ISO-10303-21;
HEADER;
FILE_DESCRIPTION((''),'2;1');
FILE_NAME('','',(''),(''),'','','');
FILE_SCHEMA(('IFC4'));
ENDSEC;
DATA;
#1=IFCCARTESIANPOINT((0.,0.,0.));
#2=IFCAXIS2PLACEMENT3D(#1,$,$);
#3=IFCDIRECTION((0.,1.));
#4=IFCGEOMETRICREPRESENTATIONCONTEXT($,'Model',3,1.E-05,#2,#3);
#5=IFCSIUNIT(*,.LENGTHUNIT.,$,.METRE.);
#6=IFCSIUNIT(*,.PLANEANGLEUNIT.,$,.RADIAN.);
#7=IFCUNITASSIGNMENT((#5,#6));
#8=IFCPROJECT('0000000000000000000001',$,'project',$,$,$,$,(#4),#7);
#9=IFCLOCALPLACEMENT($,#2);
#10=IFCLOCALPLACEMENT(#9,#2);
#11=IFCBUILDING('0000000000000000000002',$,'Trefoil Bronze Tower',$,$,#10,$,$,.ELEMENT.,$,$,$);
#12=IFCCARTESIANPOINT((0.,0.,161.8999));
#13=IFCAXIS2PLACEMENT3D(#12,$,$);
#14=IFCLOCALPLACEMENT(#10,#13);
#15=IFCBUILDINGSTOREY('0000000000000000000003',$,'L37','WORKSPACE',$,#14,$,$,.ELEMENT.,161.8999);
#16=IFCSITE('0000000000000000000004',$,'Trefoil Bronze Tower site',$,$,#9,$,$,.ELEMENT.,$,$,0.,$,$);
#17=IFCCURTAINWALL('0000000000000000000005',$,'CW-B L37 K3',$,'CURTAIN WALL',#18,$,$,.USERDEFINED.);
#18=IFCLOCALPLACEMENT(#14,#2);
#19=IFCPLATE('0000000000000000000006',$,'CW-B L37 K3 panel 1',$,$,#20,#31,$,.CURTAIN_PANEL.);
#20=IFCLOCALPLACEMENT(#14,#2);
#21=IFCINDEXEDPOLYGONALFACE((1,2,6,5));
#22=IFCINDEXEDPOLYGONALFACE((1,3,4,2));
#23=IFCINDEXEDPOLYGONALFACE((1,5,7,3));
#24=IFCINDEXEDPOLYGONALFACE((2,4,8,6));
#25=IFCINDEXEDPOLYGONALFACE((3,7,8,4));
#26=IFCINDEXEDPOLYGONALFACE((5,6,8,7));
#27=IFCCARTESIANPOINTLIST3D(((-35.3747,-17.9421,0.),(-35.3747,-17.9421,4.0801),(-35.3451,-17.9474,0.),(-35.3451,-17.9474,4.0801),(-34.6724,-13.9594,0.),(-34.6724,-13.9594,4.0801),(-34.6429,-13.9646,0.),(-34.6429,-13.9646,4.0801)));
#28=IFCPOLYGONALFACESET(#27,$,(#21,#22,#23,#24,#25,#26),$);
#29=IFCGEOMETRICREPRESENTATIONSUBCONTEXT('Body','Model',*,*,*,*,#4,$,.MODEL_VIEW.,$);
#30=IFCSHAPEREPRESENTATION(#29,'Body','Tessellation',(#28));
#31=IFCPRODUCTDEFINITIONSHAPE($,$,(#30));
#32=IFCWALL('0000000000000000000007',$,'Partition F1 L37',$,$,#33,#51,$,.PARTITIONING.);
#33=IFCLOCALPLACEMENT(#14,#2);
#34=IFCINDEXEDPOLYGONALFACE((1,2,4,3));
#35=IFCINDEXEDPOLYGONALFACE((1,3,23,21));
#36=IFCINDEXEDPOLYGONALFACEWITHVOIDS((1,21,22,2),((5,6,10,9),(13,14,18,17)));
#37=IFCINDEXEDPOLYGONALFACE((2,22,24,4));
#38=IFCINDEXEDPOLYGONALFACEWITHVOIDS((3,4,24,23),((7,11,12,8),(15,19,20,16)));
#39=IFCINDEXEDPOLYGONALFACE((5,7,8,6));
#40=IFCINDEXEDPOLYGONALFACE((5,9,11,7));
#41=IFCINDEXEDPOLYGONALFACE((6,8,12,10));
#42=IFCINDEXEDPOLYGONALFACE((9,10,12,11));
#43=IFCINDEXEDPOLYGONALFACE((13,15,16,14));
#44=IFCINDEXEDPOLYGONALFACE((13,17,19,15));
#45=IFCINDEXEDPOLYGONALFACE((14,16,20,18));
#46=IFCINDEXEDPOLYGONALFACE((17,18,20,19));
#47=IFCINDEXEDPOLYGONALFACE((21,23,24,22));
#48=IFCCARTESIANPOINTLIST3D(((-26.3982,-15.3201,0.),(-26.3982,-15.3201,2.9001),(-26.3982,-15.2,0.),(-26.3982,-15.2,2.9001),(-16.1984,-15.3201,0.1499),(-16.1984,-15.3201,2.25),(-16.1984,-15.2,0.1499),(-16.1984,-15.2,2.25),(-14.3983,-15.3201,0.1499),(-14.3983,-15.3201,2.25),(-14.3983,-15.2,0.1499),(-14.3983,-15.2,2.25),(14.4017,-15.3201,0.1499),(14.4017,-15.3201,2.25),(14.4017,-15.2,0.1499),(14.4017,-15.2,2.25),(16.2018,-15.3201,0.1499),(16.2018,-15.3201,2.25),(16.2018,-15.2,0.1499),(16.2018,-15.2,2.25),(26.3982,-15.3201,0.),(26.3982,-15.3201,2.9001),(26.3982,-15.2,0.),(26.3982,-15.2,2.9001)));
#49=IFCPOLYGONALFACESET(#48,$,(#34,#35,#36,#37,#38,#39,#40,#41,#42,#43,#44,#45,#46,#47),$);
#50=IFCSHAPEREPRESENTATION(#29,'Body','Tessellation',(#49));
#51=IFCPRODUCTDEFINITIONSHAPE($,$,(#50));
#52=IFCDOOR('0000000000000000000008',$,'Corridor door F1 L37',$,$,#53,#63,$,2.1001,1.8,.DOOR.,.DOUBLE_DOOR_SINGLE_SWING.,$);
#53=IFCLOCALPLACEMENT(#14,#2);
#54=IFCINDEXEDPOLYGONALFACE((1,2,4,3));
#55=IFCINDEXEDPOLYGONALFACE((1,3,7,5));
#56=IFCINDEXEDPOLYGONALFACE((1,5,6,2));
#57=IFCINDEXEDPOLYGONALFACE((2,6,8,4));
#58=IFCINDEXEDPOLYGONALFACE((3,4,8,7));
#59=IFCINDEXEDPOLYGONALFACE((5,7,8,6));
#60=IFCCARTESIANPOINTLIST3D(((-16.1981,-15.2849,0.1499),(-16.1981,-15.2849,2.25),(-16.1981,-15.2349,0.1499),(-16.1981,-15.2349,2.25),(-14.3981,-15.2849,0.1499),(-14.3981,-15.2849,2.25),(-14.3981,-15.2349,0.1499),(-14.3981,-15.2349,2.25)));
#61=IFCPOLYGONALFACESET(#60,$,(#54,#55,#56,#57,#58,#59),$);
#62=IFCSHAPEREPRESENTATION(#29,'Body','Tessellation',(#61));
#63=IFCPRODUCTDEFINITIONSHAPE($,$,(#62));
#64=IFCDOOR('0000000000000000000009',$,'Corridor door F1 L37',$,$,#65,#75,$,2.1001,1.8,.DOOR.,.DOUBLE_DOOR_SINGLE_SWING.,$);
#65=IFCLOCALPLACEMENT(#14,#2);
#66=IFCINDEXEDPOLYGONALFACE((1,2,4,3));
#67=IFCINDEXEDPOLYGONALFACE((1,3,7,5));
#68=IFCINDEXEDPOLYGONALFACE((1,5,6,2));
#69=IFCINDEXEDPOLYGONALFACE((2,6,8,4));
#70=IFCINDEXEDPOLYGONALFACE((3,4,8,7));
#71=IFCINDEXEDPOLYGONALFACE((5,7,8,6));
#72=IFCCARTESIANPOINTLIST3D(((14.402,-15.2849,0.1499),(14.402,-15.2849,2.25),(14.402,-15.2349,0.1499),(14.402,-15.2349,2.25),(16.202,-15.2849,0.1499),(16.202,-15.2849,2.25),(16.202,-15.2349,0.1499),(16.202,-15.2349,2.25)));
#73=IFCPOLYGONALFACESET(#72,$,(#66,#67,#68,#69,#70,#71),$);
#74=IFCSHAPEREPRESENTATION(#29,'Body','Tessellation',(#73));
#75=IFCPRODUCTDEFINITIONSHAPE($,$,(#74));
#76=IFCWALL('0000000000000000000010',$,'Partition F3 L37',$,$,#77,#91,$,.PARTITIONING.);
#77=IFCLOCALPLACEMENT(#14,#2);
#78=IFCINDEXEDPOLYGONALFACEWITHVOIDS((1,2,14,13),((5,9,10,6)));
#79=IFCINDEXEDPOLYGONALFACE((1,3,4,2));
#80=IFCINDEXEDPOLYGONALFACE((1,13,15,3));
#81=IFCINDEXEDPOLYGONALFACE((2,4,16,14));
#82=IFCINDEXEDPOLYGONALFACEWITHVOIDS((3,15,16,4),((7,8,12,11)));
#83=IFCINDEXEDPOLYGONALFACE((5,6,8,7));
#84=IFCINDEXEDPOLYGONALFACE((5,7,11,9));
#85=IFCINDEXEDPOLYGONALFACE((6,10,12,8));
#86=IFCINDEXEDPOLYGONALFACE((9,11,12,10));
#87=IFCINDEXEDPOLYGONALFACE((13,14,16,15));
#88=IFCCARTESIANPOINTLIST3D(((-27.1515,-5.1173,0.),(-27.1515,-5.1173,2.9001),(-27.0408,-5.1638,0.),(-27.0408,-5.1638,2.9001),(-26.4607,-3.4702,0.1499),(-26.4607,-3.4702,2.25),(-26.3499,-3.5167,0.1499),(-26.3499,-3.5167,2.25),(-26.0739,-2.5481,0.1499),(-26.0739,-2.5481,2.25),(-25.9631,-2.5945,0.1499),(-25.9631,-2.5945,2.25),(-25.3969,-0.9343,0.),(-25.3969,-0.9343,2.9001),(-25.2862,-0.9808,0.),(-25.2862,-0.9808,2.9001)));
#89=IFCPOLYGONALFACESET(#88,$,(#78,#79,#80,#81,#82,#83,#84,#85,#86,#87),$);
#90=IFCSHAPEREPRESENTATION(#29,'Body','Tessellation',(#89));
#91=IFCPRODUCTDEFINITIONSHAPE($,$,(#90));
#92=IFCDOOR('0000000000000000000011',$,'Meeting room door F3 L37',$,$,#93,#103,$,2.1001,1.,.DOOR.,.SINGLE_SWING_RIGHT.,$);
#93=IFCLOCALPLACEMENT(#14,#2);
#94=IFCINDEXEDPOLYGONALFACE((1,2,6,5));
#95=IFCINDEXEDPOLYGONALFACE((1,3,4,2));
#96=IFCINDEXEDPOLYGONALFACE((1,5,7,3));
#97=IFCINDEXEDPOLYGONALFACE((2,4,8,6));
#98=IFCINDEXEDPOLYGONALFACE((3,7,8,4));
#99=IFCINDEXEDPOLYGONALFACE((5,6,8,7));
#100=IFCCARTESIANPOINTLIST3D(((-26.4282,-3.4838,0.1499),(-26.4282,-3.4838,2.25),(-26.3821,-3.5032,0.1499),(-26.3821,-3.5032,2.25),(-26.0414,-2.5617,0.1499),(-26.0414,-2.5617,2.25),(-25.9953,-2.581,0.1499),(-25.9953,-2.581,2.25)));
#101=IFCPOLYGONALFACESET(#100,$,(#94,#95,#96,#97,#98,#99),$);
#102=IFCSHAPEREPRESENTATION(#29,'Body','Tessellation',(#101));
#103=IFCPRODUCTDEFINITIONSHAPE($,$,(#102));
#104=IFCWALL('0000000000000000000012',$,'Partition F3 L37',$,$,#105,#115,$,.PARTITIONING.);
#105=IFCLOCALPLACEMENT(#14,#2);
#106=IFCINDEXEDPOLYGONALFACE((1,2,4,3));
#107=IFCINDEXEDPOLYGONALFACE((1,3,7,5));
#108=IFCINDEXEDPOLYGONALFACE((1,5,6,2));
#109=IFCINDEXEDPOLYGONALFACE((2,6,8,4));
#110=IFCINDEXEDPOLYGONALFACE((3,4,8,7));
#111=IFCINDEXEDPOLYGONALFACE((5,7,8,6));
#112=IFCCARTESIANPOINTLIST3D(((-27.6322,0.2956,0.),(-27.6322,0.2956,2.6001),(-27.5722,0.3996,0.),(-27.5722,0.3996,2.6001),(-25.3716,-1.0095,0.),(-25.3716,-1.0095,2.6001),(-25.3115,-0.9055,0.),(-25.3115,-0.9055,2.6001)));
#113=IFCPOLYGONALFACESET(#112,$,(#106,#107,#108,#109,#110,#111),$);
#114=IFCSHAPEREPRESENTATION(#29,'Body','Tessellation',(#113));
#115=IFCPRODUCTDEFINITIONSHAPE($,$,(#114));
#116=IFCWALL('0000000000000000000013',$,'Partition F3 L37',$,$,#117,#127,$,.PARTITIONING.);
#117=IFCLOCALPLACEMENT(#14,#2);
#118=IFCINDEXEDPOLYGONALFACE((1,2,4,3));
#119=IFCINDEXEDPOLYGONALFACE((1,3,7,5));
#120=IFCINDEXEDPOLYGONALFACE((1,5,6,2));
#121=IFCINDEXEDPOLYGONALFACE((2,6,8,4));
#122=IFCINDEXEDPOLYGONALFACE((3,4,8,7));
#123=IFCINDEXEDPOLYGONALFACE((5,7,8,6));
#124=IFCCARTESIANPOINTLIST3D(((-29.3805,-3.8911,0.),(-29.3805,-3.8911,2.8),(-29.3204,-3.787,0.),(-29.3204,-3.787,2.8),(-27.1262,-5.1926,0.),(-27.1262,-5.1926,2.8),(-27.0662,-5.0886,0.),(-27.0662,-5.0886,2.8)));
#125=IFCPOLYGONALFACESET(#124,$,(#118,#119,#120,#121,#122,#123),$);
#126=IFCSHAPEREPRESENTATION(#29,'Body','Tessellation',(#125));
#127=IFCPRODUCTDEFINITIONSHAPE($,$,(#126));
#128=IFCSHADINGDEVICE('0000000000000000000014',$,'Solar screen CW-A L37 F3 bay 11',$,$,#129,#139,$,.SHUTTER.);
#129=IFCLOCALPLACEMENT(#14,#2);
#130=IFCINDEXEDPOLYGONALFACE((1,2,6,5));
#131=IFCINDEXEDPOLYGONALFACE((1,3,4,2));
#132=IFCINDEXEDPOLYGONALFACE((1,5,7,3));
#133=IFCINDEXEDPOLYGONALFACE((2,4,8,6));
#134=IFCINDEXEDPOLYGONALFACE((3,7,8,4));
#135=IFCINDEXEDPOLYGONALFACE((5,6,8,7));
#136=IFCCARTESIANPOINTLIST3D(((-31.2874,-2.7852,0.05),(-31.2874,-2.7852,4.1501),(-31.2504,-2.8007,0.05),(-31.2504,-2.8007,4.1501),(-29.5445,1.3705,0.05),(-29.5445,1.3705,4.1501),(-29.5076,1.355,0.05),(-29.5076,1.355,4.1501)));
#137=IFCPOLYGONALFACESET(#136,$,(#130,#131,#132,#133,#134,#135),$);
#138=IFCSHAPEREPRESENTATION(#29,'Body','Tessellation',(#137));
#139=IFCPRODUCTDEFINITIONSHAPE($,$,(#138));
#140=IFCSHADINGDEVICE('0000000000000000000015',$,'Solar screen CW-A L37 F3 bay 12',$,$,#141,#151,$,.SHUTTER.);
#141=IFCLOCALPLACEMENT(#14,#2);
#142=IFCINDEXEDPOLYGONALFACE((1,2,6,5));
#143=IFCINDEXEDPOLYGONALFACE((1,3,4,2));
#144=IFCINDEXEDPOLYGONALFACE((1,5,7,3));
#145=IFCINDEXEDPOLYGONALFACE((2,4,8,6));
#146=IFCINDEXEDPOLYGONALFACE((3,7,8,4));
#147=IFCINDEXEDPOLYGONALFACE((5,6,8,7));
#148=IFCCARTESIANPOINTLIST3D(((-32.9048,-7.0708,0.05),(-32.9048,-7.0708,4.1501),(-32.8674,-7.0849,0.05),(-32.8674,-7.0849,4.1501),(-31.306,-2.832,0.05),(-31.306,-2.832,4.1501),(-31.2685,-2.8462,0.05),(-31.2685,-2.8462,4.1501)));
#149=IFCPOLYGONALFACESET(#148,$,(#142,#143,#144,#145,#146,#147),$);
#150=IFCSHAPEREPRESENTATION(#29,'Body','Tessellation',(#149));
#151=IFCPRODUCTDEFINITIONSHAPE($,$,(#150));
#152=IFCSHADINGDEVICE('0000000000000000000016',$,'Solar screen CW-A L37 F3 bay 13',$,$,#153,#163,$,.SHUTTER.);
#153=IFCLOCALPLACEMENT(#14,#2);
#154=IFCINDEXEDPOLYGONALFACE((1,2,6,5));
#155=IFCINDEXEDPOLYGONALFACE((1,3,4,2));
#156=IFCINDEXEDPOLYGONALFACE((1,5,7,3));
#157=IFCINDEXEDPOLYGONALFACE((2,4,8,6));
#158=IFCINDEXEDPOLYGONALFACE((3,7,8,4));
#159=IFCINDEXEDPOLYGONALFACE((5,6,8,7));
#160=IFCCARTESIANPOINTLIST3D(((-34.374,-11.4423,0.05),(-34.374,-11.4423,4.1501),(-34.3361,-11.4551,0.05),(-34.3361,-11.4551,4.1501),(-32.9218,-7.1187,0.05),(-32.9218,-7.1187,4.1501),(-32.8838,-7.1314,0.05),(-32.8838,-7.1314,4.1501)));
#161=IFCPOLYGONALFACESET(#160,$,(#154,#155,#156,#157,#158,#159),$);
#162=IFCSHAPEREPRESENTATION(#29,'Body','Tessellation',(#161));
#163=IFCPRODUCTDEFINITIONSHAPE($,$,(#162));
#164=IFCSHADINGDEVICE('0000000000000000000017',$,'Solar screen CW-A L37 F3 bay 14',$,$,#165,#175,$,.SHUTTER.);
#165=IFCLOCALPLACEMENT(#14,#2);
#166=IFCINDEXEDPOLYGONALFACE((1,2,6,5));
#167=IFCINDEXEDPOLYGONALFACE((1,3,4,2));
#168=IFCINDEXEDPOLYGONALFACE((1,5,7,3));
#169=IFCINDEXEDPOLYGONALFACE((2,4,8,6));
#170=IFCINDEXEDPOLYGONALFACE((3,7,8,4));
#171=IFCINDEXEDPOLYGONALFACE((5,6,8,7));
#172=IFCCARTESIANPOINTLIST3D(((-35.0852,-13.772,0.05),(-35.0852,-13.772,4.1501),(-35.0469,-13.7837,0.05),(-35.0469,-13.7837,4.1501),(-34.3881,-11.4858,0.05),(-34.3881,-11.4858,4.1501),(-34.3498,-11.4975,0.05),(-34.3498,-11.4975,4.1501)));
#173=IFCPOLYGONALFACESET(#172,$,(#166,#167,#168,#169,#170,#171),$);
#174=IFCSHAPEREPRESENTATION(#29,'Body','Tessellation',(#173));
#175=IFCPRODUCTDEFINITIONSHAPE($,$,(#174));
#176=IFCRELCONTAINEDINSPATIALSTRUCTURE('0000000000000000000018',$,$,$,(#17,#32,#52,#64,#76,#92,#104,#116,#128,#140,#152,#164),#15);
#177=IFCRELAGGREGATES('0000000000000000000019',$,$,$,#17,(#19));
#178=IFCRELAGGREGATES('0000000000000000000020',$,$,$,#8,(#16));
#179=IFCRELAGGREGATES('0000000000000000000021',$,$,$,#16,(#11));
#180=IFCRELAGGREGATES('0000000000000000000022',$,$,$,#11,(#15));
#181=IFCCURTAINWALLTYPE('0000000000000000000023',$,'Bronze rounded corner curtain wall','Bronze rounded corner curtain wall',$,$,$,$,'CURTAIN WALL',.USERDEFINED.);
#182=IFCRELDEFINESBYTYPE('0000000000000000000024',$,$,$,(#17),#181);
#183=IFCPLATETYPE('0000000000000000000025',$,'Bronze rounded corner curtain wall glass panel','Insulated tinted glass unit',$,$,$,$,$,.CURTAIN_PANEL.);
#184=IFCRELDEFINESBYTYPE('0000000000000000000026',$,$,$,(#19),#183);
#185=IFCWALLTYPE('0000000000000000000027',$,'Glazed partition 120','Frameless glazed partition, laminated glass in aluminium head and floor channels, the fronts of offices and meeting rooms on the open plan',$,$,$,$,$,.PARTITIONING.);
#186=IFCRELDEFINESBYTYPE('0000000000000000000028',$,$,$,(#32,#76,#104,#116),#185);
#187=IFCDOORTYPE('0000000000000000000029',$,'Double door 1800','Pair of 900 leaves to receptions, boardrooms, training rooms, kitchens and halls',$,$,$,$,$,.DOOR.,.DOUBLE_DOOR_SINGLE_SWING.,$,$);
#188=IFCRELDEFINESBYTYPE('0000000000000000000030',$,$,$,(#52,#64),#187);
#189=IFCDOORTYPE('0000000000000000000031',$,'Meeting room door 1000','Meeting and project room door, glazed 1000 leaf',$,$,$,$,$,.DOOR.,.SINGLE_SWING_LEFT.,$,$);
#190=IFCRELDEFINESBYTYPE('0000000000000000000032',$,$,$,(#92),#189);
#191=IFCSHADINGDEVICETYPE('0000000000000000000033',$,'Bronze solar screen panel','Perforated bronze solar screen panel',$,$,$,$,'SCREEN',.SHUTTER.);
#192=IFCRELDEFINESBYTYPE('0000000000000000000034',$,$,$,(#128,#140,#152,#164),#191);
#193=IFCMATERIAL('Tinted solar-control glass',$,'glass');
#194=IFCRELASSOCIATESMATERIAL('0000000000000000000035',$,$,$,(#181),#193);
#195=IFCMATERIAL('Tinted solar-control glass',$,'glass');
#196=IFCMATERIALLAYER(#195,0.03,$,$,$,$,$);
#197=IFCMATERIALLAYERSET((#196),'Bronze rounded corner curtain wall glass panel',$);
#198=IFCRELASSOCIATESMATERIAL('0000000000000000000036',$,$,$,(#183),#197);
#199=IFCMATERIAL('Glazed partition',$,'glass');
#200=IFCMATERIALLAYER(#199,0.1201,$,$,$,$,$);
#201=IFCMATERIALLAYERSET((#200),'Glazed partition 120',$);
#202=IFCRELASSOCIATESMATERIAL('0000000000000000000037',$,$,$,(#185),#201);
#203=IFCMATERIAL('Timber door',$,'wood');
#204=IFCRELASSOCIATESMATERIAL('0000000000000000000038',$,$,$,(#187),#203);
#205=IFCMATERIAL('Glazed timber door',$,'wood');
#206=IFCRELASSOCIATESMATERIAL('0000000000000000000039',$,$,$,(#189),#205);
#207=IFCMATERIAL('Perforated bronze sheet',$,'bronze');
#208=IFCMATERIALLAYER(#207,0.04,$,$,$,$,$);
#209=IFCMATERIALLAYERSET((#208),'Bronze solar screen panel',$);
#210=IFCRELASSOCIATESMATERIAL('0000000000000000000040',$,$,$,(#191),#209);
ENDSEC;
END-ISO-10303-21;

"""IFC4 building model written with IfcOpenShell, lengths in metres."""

from ifc_helpers import new_model, si_unit, direction, frame, frame_2d, origin, origin_2d, place, context, subcontext, project, spatial, rectangle, extrude, material, layer, layer_set, type_object, element, fill, aggregate, save


model = new_model("IFC4")

# Units and contexts
model_context = context("Model", 3, precision=1e-05, world=origin(), true_north=direction((0.0, 1.0)))
body_context = subcontext(model_context, "Body", "Model", "MODEL_VIEW")
ifc_project = project(units=[si_unit("LENGTHUNIT", "METRE"), si_unit("PLANEANGLEUNIT", "RADIAN")], contexts=[model_context])

# Site, building, storey
site_placement = place(None, origin())
site = spatial("IfcSite", under=ifc_project, at=site_placement, Name="Trefoil Bronze Tower site", CompositionType="ELEMENT", RefElevation=0.0)
building_placement = place(site_placement, origin())
building = spatial("IfcBuilding", under=site, at=building_placement, Name="Trefoil Bronze Tower", CompositionType="ELEMENT")
storey_placement = place(building_placement, frame((0.0, 0.0, 161.8999)))
storey = spatial("IfcBuildingStorey", under=building, at=storey_placement, Name="L37", Description="WORKSPACE", CompositionType="ELEMENT", Elevation=161.8999)

# Curtain wall
ifc_material_1 = material(Name="Tinted solar-control glass", Category="glass")
curtain_wall_type_1 = type_object("IfcCurtainWallType", Name="Bronze rounded corner curtain wall", Description="Bronze rounded corner curtain wall", ElementType="CURTAIN WALL", PredefinedType="USERDEFINED", material=ifc_material_1)
curtain_wall_1_placement = place(storey_placement, origin())
curtain_wall_1 = element("IfcCurtainWall", 1, at=curtain_wall_1_placement, inside=storey, type_object=curtain_wall_type_1, Name="CW-B L37 K3", ObjectType="CURTAIN WALL", PredefinedType="USERDEFINED")

# Plate
ifc_material_2 = material(Name="Tinted solar-control glass", Category="glass")
ifc_layer_1 = layer(ifc_material_2, 0.03)
ifc_layer_set_1 = layer_set([ifc_layer_1], Name="Bronze rounded corner curtain wall glass panel")
plate_type_1 = type_object("IfcPlateType", Name="Bronze rounded corner curtain wall glass panel", Description="Insulated tinted glass unit", PredefinedType="CURTAIN_PANEL", material=ifc_layer_set_1)
plate_1_placement = place(storey_placement, frame((-35.0088, -15.9534, 0.0), z_axis=(0.0, 0.0, 1.0), x_axis=(-0.173648, -0.984808, 0.0)))
plate_1 = element("IfcPlate", 2, at=plate_1_placement, type_object=plate_type_1, Name="CW-B L37 K3 panel 1", PredefinedType="CURTAIN_PANEL", context=body_context, shape_type="SweptSolid", body=[
    extrude(rectangle(XDim=4.0442, YDim=0.03, at=origin_2d()), origin(), (0.0, 0.0, 1.0), 4.0801),
])
aggregate(curtain_wall_1, [plate_1])

# Wall, openings, doors
ifc_material_3 = material(Name="Glazed partition", Category="glass")
ifc_layer_2 = layer(ifc_material_3, 0.1201)
ifc_layer_set_2 = layer_set([ifc_layer_2], Name="Glazed partition 120")
wall_type = type_object("IfcWallType", Name="Glazed partition 120", Description="Frameless glazed partition, laminated glass in aluminium head and floor channels, the fronts of offices and meeting rooms on the open plan", PredefinedType="PARTITIONING", material=ifc_layer_set_2)
wall_1_placement = place(storey_placement, frame((-26.3982, -15.26, 0.0), z_axis=(0.0, 0.0, 1.0), x_axis=(1.0, 0.0, 0.0)))
wall_1 = element("IfcWall", 3, at=wall_1_placement, inside=storey, type_object=wall_type, Name="Partition F1 L37", PredefinedType="PARTITIONING", context=body_context, shape_type="SweptSolid", body=[
    extrude(rectangle(XDim=52.7964, YDim=0.1201, at=frame_2d((26.3982, 0.0))), origin(), (0.0, 0.0, 1.0), 2.9001),
])
opening_1_placement = place(wall_1_placement, frame((10.2, 0.0, 0.1499)))
opening_1 = element("IfcOpeningElement", 4, at=opening_1_placement, cuts=wall_1, PredefinedType="OPENING", context=body_context, shape_type="SweptSolid", body=[
    extrude(rectangle(XDim=1.8, YDim=2.1001, at=frame_2d((0.8999, 1.05))), frame((0.0, 0.0701, 0.0), z_axis=(0.0, -1.0, 0.0), x_axis=(1.0, 0.0, 0.0)), (0.0, 0.0, 1.0), 0.1401),
])
opening_2_placement = place(wall_1_placement, frame((40.8, 0.0, 0.1499)))
opening_2 = element("IfcOpeningElement", 5, at=opening_2_placement, cuts=wall_1, PredefinedType="OPENING", context=body_context, shape_type="SweptSolid", body=[
    extrude(rectangle(XDim=1.8, YDim=2.1001, at=frame_2d((0.8999, 1.05))), frame((0.0, 0.0701, 0.0), z_axis=(0.0, -1.0, 0.0), x_axis=(1.0, 0.0, 0.0)), (0.0, 0.0, 1.0), 0.1401),
])
ifc_material_4 = material(Name="Timber door", Category="wood")
door_type_1 = type_object("IfcDoorType", Name="Double door 1800", Description="Pair of 900 leaves to receptions, boardrooms, training rooms, kitchens and halls", OperationType="DOUBLE_DOOR_SINGLE_SWING", PredefinedType="DOOR", material=ifc_material_4)
door_1_placement = place(opening_1_placement, frame((1.8, 0.0, 0.0), z_axis=(0.0, 0.0, 1.0), x_axis=(-1.0, 0.0, 0.0)))
door_1 = element("IfcDoor", 6, at=door_1_placement, inside=storey, type_object=door_type_1, Name="Corridor door F1 L37", OperationType="DOUBLE_DOOR_SINGLE_SWING", OverallHeight=2.1001, OverallWidth=1.8, PredefinedType="DOOR", context=body_context, shape_type="SweptSolid", body=[
    extrude(rectangle(XDim=1.8, YDim=2.1001, at=frame_2d((0.8999, 1.05))), frame((0.0, 0.0249, 0.0), z_axis=(0.0, -1.0, 0.0), x_axis=(1.0, 0.0, 0.0)), (0.0, 0.0, 1.0), 0.05),
])
fill(opening_1, door_1)
door_2_placement = place(opening_2_placement, frame((1.8, 0.0, 0.0), z_axis=(0.0, 0.0, 1.0), x_axis=(-1.0, 0.0, 0.0)))
door_2 = element("IfcDoor", 7, at=door_2_placement, inside=storey, type_object=door_type_1, Name="Corridor door F1 L37", OperationType="DOUBLE_DOOR_SINGLE_SWING", OverallHeight=2.1001, OverallWidth=1.8, PredefinedType="DOOR", context=body_context, shape_type="SweptSolid", body=[
    extrude(rectangle(XDim=1.8, YDim=2.1001, at=frame_2d((0.8999, 1.05))), frame((0.0, 0.0249, 0.0), z_axis=(0.0, -1.0, 0.0), x_axis=(1.0, 0.0, 0.0)), (0.0, 0.0, 1.0), 0.05),
])
fill(opening_2, door_2)

# Wall, opening, door
wall_2_placement = place(storey_placement, frame((-25.3416, -0.9575, 0.0), z_axis=(0.0, 0.0, 1.0), x_axis=(-0.386808, -0.92216, 0.0)))
wall_2 = element("IfcWall", 8, at=wall_2_placement, inside=storey, type_object=wall_type, Name="Partition F3 L37", PredefinedType="PARTITIONING", context=body_context, shape_type="SweptSolid", body=[
    extrude(rectangle(XDim=4.5361, YDim=0.1201, at=frame_2d((2.2681, 0.0))), origin(), (0.0, 0.0, 1.0), 2.9001),
])
opening_3_placement = place(wall_2_placement, frame((1.75, 0.0, 0.1499)))
opening_3 = element("IfcOpeningElement", 9, at=opening_3_placement, cuts=wall_2, PredefinedType="OPENING", context=body_context, shape_type="SweptSolid", body=[
    extrude(rectangle(XDim=1.0, YDim=2.1001, at=frame_2d((0.5, 1.05))), frame((0.0, 0.0701, 0.0), z_axis=(0.0, -1.0, 0.0), x_axis=(1.0, 0.0, 0.0)), (0.0, 0.0, 1.0), 0.1401),
])
ifc_material_5 = material(Name="Glazed timber door", Category="wood")
door_type_2 = type_object("IfcDoorType", Name="Meeting room door 1000", Description="Meeting and project room door, glazed 1000 leaf", OperationType="SINGLE_SWING_LEFT", PredefinedType="DOOR", material=ifc_material_5)
door_3_placement = place(opening_3_placement, frame((1.0, 0.0, 0.0), z_axis=(0.0, 0.0, 1.0), x_axis=(-1.0, 0.0, 0.0)))
door_3 = element("IfcDoor", 10, at=door_3_placement, inside=storey, type_object=door_type_2, Name="Meeting room door F3 L37", OperationType="SINGLE_SWING_RIGHT", OverallHeight=2.1001, OverallWidth=1.0, PredefinedType="DOOR", context=body_context, shape_type="SweptSolid", body=[
    extrude(rectangle(XDim=1.0, YDim=2.1001, at=frame_2d((0.5, 1.05))), frame((0.0, 0.0249, 0.0), z_axis=(0.0, -1.0, 0.0), x_axis=(1.0, 0.0, 0.0)), (0.0, 0.0, 1.0), 0.05),
])
fill(opening_3, door_3)

# Walls
wall_3_placement = place(storey_placement, frame((-25.3416, -0.9575, 0.0), z_axis=(0.0, 0.0, 1.0), x_axis=(-0.866036, 0.499982, 0.0)))
element("IfcWall", 11, at=wall_3_placement, inside=storey, type_object=wall_type, Name="Partition F3 L37", PredefinedType="PARTITIONING", context=body_context, shape_type="SweptSolid", body=[
    extrude(rectangle(XDim=2.6104, YDim=0.1201, at=frame_2d((1.3052, 0.0))), origin(), (0.0, 0.0, 1.0), 2.6001),
])
wall_4_placement = place(storey_placement, frame((-27.0962, -5.1406, 0.0), z_axis=(0.0, 0.0, 1.0), x_axis=(-0.866012, 0.500023, 0.0)))
element("IfcWall", 12, at=wall_4_placement, inside=storey, type_object=wall_type, Name="Partition F3 L37", PredefinedType="PARTITIONING", context=body_context, shape_type="SweptSolid", body=[
    extrude(rectangle(XDim=2.603, YDim=0.1201, at=frame_2d((1.3015, 0.0))), origin(), (0.0, 0.0, 1.0), 2.8),
])

# Shading devices
ifc_material_6 = material(Name="Perforated bronze sheet", Category="bronze")
ifc_layer_3 = layer(ifc_material_6, 0.04)
ifc_layer_set_3 = layer_set([ifc_layer_3], Name="Bronze solar screen panel")
shading_device_type = type_object("IfcShadingDeviceType", Name="Bronze solar screen panel", Description="Perforated bronze solar screen panel", ElementType="SCREEN", PredefinedType="SHUTTER", material=ifc_layer_set_3)
shading_device_1_placement = place(storey_placement, frame((-30.3975, -0.7151, 0.05), z_axis=(0.0, 0.0, 1.0), x_axis=(-0.386759, -0.922181, 0.0)))
element("IfcShadingDevice", 13, at=shading_device_1_placement, inside=storey, type_object=shading_device_type, Name="Solar screen CW-A L37 F3 bay 11", PredefinedType="SHUTTER", context=body_context, shape_type="SweptSolid", body=[
    extrude(rectangle(XDim=4.5063, YDim=0.04, at=origin_2d()), origin(), (0.0, 0.0, 1.0), 4.1001),
])
shading_device_2_placement = place(storey_placement, frame((-32.0867, -4.9585, 0.05), z_axis=(0.0, 0.0, 1.0), x_axis=(-0.35292, -0.935654, 0.0)))
element("IfcShadingDevice", 14, at=shading_device_2_placement, inside=storey, type_object=shading_device_type, Name="Solar screen CW-A L37 F3 bay 12", PredefinedType="SHUTTER", context=body_context, shape_type="SweptSolid", body=[
    extrude(rectangle(XDim=4.5303, YDim=0.04, at=origin_2d()), origin(), (0.0, 0.0, 1.0), 4.1001),
])
shading_device_3_placement = place(storey_placement, frame((-33.6289, -9.2869, 0.05), z_axis=(0.0, 0.0, 1.0), x_axis=(-0.318404, -0.947955, 0.0)))
element("IfcShadingDevice", 15, at=shading_device_3_placement, inside=storey, type_object=shading_device_type, Name="Solar screen CW-A L37 F3 bay 13", PredefinedType="SHUTTER", context=body_context, shape_type="SweptSolid", body=[
    extrude(rectangle(XDim=4.561, YDim=0.04, at=origin_2d()), origin(), (0.0, 0.0, 1.0), 4.1001),
])
shading_device_4_placement = place(storey_placement, frame((-34.7175, -12.6348, 0.05), z_axis=(0.0, 0.0, 1.0), x_axis=(-0.291669, -0.956519, 0.0)))
element("IfcShadingDevice", 16, at=shading_device_4_placement, inside=storey, type_object=shading_device_type, Name="Solar screen CW-A L37 F3 bay 14", PredefinedType="SHUTTER", context=body_context, shape_type="SweptSolid", body=[
    extrude(rectangle(XDim=2.3901, YDim=0.04, at=origin_2d()), origin(), (0.0, 0.0, 1.0), 4.1001),
])

save(model, "model.ifc")
